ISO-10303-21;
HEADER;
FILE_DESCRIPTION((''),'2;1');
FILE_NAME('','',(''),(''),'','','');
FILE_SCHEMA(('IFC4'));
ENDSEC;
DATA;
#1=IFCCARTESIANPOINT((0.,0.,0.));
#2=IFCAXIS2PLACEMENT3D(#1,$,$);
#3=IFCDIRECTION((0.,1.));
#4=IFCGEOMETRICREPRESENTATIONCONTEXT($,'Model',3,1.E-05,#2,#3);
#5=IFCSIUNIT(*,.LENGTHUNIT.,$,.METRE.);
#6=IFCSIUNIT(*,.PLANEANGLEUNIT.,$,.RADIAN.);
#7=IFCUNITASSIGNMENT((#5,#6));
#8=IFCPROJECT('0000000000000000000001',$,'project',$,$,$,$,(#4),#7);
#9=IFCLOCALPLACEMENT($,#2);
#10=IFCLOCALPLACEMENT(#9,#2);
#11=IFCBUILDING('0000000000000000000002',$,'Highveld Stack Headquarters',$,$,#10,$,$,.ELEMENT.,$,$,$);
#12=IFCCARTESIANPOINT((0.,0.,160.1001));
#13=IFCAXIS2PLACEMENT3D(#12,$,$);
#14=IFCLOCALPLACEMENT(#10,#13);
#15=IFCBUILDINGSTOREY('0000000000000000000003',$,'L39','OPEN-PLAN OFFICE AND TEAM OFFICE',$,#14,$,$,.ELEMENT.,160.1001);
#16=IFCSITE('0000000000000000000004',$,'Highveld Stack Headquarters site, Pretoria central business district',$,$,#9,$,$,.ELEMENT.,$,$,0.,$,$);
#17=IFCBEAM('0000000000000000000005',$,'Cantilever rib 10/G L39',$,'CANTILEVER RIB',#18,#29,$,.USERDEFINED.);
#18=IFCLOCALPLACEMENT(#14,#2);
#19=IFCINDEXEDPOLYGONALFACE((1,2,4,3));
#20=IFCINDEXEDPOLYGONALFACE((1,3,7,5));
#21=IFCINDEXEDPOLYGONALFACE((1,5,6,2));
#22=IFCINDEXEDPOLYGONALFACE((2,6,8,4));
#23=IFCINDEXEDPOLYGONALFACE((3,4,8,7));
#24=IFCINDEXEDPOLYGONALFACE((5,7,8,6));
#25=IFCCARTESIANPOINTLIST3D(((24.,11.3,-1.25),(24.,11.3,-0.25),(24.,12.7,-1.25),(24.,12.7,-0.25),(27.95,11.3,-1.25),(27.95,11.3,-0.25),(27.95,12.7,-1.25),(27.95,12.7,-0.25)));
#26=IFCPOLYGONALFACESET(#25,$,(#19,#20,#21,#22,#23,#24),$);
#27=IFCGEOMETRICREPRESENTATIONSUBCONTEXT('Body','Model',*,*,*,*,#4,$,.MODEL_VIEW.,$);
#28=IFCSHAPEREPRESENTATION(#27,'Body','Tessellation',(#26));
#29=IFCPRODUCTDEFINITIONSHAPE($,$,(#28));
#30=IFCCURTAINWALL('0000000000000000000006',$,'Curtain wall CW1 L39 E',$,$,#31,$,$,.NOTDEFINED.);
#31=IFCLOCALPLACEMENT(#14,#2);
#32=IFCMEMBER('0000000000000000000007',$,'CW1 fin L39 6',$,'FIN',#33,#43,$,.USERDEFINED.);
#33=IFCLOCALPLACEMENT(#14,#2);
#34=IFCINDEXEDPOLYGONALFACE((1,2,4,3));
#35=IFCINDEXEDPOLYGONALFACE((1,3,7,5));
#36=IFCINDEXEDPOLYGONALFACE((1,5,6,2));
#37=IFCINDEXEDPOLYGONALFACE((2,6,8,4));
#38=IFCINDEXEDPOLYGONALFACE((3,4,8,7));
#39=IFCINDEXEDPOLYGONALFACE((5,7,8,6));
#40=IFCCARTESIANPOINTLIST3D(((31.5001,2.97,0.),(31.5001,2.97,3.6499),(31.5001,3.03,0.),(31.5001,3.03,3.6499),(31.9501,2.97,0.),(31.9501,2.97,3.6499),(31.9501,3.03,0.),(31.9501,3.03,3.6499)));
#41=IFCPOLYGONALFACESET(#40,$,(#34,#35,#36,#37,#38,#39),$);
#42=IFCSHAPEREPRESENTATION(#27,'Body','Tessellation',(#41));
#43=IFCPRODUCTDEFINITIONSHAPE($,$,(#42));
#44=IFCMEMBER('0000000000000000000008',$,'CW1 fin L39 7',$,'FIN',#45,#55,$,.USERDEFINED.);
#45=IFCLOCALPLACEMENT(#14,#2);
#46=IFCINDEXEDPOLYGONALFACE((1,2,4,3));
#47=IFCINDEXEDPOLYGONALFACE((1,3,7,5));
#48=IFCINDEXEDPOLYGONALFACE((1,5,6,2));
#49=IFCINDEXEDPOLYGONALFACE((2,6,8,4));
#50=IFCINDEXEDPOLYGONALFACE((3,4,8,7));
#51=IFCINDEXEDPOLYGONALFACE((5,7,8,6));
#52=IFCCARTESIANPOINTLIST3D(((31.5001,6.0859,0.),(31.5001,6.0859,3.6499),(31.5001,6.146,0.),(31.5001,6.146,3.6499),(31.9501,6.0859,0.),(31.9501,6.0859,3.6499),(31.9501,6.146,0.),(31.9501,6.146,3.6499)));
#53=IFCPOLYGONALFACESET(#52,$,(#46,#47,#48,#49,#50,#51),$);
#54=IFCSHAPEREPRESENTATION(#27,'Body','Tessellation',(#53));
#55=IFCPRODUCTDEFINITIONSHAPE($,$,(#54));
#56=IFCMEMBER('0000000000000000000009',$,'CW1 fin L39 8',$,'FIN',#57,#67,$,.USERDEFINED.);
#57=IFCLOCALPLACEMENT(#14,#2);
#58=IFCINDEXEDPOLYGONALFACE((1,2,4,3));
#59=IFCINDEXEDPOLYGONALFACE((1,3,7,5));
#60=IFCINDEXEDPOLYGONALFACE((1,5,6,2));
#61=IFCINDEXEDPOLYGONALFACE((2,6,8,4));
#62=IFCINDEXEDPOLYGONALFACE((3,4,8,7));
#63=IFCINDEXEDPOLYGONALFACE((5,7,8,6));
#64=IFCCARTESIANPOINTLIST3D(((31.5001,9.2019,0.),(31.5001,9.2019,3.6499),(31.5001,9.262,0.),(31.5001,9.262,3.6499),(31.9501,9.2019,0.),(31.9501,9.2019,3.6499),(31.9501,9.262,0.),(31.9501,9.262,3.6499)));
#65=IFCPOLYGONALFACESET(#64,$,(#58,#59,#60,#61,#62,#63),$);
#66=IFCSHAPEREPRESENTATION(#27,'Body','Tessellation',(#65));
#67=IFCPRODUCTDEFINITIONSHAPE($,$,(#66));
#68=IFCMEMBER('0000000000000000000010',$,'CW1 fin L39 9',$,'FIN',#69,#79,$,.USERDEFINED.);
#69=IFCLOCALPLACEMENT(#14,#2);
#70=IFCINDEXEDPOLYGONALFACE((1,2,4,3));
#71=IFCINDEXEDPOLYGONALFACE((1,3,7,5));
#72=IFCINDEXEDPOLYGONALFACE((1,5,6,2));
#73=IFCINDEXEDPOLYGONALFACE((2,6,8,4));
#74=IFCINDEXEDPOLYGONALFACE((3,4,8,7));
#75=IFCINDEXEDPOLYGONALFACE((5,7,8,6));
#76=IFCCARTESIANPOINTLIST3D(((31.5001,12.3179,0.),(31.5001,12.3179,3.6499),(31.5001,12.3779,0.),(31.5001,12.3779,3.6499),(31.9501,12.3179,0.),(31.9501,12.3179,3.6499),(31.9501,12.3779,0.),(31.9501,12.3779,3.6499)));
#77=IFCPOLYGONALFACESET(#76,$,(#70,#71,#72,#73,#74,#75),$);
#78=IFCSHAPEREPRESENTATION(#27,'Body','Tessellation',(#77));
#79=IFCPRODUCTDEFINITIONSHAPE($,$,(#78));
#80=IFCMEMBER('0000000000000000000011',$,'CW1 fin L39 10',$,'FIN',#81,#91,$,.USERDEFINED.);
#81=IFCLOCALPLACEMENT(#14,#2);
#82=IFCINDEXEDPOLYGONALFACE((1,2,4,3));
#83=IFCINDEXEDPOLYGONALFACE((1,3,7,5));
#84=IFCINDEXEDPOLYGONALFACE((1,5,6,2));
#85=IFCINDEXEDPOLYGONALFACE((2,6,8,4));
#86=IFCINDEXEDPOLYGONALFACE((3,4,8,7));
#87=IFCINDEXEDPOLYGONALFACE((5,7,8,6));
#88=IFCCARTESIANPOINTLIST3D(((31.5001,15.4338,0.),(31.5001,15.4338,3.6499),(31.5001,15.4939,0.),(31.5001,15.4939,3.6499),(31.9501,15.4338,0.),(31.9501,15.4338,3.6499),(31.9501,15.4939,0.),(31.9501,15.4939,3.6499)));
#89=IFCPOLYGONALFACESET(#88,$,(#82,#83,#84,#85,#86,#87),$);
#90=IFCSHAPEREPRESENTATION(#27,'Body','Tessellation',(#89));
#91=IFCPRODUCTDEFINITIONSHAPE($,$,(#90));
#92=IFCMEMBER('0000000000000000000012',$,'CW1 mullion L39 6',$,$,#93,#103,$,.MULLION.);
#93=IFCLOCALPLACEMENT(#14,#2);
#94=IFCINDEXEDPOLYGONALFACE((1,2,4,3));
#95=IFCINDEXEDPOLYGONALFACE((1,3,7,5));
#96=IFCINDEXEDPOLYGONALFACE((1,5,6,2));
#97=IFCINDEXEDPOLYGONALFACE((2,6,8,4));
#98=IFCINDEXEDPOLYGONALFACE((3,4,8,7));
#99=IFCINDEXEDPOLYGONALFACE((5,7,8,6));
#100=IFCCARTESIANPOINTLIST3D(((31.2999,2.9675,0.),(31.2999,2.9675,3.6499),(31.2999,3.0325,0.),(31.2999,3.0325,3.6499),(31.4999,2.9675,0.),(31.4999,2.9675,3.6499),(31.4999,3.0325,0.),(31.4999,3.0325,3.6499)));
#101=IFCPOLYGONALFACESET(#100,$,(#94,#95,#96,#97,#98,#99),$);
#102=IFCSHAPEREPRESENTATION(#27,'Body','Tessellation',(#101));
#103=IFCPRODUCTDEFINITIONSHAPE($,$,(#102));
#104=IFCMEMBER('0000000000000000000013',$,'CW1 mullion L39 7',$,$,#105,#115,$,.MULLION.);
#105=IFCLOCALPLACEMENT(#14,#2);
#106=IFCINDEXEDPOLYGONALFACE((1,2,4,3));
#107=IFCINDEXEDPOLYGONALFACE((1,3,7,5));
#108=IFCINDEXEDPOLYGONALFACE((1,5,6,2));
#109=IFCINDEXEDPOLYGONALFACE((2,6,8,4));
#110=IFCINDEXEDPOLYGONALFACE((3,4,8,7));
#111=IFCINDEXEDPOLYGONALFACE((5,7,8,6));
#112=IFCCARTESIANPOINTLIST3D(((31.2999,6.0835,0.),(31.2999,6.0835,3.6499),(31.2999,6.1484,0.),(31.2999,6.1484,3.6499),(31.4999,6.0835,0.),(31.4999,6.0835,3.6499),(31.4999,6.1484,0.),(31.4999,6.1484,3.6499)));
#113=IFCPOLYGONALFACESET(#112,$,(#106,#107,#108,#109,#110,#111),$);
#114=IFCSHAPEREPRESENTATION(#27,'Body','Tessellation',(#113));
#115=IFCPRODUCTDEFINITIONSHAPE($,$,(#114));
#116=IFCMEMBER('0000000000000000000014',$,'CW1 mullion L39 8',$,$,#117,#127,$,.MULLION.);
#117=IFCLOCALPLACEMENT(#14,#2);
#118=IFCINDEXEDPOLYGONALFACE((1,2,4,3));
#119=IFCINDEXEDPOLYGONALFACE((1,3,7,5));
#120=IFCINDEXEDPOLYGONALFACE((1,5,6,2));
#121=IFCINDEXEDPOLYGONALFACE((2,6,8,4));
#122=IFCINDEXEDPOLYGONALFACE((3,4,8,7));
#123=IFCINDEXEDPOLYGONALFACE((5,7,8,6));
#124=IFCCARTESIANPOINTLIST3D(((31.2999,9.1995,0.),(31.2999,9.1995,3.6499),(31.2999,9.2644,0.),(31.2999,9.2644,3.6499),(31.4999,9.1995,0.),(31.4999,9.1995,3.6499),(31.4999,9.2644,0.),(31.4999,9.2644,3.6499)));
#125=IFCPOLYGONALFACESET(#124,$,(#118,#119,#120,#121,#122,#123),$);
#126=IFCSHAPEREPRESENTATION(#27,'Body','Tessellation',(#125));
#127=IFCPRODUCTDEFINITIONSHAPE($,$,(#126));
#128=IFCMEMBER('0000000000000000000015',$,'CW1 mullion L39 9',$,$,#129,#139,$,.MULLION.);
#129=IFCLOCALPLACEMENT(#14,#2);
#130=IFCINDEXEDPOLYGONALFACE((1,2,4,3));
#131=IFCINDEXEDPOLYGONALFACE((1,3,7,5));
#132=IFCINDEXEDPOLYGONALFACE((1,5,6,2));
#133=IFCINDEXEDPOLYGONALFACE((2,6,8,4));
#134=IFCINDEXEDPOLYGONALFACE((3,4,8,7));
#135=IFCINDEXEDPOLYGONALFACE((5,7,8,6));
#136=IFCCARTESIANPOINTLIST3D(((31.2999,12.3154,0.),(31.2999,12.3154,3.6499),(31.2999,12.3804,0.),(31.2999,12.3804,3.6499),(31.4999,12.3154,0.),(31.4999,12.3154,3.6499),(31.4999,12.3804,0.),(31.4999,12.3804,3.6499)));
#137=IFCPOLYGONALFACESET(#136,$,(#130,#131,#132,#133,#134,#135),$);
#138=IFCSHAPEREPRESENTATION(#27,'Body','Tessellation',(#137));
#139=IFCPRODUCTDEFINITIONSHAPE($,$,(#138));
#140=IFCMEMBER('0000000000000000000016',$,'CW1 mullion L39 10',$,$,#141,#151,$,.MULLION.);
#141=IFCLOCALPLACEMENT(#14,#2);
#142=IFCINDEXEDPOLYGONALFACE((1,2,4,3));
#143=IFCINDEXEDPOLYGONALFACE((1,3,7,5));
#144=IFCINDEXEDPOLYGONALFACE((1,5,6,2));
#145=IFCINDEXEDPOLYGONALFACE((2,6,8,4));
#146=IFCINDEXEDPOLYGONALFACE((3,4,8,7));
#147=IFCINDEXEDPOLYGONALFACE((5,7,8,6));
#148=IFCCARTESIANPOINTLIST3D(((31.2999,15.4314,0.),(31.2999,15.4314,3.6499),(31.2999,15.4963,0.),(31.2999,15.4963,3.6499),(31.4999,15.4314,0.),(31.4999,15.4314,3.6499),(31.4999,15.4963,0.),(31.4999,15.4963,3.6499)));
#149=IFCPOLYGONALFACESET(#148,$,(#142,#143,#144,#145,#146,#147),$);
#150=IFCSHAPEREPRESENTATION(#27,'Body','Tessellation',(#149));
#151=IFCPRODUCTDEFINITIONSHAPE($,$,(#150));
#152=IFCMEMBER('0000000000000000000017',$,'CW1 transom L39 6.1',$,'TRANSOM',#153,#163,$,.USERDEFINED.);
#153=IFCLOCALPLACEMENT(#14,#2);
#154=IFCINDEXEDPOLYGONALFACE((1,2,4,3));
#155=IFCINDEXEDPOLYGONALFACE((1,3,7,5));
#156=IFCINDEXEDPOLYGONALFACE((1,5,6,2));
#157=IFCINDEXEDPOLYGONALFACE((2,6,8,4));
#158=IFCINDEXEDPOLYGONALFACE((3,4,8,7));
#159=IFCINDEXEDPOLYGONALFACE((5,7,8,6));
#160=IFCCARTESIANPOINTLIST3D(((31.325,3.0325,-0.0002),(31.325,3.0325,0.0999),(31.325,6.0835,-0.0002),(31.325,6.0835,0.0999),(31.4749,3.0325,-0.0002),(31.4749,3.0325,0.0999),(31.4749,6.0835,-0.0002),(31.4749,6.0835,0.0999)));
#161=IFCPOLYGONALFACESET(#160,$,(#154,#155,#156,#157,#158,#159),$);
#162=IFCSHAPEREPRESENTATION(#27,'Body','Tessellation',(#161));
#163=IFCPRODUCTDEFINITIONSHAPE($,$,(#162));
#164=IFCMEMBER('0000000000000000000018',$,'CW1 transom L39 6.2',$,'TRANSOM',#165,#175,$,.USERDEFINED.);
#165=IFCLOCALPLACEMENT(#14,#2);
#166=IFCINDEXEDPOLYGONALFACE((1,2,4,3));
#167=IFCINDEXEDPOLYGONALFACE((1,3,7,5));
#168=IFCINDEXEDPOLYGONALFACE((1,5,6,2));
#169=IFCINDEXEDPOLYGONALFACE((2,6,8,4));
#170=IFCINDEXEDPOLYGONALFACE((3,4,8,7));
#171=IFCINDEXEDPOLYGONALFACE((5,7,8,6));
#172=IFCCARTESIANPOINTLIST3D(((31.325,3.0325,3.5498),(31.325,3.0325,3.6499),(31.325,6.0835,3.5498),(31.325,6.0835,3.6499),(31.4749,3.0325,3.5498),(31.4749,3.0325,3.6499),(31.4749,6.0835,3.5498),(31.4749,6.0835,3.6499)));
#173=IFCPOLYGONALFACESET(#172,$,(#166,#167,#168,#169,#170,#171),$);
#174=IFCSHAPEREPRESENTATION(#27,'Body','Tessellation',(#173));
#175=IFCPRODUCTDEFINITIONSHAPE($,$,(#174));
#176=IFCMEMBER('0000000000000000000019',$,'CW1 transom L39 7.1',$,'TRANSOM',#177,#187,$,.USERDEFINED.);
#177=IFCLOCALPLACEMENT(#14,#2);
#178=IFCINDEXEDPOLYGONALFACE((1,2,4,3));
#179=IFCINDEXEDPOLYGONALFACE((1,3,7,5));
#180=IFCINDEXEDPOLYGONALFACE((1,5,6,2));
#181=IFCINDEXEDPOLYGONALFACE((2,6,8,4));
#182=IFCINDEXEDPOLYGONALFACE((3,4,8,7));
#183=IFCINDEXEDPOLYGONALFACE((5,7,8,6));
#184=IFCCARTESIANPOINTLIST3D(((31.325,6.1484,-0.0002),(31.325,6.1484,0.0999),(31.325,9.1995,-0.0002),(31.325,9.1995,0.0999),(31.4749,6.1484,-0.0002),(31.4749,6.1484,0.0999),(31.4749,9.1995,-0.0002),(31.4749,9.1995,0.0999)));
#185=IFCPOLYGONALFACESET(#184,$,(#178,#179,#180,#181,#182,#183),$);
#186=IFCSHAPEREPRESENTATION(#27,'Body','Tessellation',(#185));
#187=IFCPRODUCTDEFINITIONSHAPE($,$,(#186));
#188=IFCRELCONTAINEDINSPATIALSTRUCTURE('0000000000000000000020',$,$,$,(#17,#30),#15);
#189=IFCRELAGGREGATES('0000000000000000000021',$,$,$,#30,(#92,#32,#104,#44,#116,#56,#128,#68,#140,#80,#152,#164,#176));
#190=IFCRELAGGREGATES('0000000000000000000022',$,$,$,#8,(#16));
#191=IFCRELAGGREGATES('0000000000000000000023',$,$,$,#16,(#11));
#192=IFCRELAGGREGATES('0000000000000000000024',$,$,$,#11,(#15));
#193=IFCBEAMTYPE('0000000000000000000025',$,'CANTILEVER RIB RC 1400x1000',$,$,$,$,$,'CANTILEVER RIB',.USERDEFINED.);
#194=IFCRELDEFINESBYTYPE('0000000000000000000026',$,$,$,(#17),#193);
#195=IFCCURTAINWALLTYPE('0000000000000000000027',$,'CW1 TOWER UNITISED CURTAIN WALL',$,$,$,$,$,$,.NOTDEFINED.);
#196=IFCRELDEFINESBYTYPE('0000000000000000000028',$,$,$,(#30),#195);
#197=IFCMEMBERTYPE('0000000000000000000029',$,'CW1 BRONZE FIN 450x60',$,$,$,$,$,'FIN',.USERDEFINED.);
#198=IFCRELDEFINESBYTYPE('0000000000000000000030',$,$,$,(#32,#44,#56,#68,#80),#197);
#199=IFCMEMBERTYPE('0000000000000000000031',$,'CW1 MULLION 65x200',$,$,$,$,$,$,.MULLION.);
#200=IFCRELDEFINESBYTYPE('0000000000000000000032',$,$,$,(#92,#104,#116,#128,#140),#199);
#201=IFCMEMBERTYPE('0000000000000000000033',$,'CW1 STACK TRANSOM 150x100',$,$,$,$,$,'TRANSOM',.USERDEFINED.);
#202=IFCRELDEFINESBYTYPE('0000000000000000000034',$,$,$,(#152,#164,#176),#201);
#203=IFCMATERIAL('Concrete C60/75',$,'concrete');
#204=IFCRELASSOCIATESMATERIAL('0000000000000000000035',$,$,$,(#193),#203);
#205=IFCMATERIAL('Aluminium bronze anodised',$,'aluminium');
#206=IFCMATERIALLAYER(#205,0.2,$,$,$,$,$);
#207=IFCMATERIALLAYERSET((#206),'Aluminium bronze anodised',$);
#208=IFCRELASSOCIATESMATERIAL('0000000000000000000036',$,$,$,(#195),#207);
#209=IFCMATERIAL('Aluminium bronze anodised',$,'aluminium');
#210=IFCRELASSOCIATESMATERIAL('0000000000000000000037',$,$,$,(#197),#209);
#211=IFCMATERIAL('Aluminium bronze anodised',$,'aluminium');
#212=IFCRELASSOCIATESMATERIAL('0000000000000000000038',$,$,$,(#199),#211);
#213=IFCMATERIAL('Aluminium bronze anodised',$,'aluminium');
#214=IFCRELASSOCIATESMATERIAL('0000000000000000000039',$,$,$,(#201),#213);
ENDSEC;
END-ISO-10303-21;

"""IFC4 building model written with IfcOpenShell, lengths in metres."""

from ifc_helpers import new_model, si_unit, direction, frame, origin, origin_2d, place, context, subcontext, project, spatial, rectangle, extrude, material, layer, layer_set, material_profile, profile_set, type_object, element, aggregate, save


model = new_model("IFC4")

# Units and contexts
model_context = context("Model", 3, precision=1e-05, world=origin(), true_north=direction((0.0, 1.0)))
body_context = subcontext(model_context, "Body", "Model", "MODEL_VIEW")
ifc_project = project(units=[si_unit("LENGTHUNIT", "METRE"), si_unit("PLANEANGLEUNIT", "RADIAN")], contexts=[model_context])

# Site, building, storey
site_placement = place(None, origin())
site = spatial("IfcSite", under=ifc_project, at=site_placement, Name="Highveld Stack Headquarters site, Pretoria central business district", CompositionType="ELEMENT", RefElevation=0.0)
building_placement = place(site_placement, origin())
building = spatial("IfcBuilding", under=site, at=building_placement, Name="Highveld Stack Headquarters", CompositionType="ELEMENT")
storey_placement = place(building_placement, frame((0.0, 0.0, 160.1001)))
storey = spatial("IfcBuildingStorey", under=building, at=storey_placement, Name="L39", Description="OPEN-PLAN OFFICE AND TEAM OFFICE", CompositionType="ELEMENT", Elevation=160.1001)

# Beam
ifc_material_1 = material(Name="Concrete C60/75", Category="concrete")
ifc_material_profile_1 = material_profile(ifc_material_1, rectangle(XDim=1.3999, YDim=1.0, at=origin_2d()), Name="RC 1400x1000")
ifc_profile_set_1 = profile_set([ifc_material_profile_1], Name="Concrete C60/75")
beam_type_1 = type_object("IfcBeamType", Name="CANTILEVER RIB RC 1400x1000", ElementType="CANTILEVER RIB", PredefinedType="USERDEFINED", material=ifc_profile_set_1)
beam_placement = place(storey_placement, frame((24.0, 12.0, -0.75), z_axis=(1.0, 0.0, 0.0), x_axis=(0.0, 1.0, 0.0)))
element("IfcBeam", 1, at=beam_placement, inside=storey, type_object=beam_type_1, Name="Cantilever rib 10/G L39", ObjectType="CANTILEVER RIB", PredefinedType="USERDEFINED", context=body_context, shape_type="SweptSolid", body=[
    extrude(rectangle(XDim=1.3999, YDim=1.0, at=origin_2d()), origin(), (0.0, 0.0, 1.0), 3.95),
])

# Curtain wall, members
ifc_material_2 = material(Name="Aluminium bronze anodised", Category="aluminium")
ifc_layer_1 = layer(ifc_material_2, 0.2)
ifc_layer_set_1 = layer_set([ifc_layer_1], Name="Aluminium bronze anodised")
curtain_wall_type = type_object("IfcCurtainWallType", Name="CW1 TOWER UNITISED CURTAIN WALL", PredefinedType="NOTDEFINED", material=ifc_layer_set_1)
curtain_wall_placement = place(storey_placement, origin())
curtain_wall = element("IfcCurtainWall", 2, at=curtain_wall_placement, inside=storey, type_object=curtain_wall_type, Name="Curtain wall CW1 L39 E", PredefinedType="NOTDEFINED")
ifc_material_3 = material(Name="Aluminium bronze anodised", Category="aluminium")
ifc_material_profile_2 = material_profile(ifc_material_3, rectangle(XDim=0.45, YDim=0.0601, at=origin_2d()), Name="FIN 450x60")
ifc_profile_set_2 = profile_set([ifc_material_profile_2], Name="Aluminium bronze anodised")
member_type_1 = type_object("IfcMemberType", Name="CW1 BRONZE FIN 450x60", ElementType="FIN", PredefinedType="USERDEFINED", material=ifc_profile_set_2)
member_1_placement = place(storey_placement, frame((31.7251, 3.0, 0.0), z_axis=(0.0, 0.0, 1.0), x_axis=(-1.0, 0.0, 0.0)))
member_1 = element("IfcMember", 3, at=member_1_placement, type_object=member_type_1, Name="CW1 fin L39 6", ObjectType="FIN", PredefinedType="USERDEFINED", context=body_context, shape_type="SweptSolid", body=[
    extrude(rectangle(XDim=0.45, YDim=0.0601, at=origin_2d()), origin(), (0.0, 0.0, 1.0), 3.6499),
])
member_2_placement = place(storey_placement, frame((31.7251, 6.116, 0.0), z_axis=(0.0, 0.0, 1.0), x_axis=(-1.0, 0.0, 0.0)))
member_2 = element("IfcMember", 4, at=member_2_placement, type_object=member_type_1, Name="CW1 fin L39 7", ObjectType="FIN", PredefinedType="USERDEFINED", context=body_context, shape_type="SweptSolid", body=[
    extrude(rectangle(XDim=0.45, YDim=0.0601, at=origin_2d()), origin(), (0.0, 0.0, 1.0), 3.6499),
])
member_3_placement = place(storey_placement, frame((31.7251, 9.2319, 0.0), z_axis=(0.0, 0.0, 1.0), x_axis=(-1.0, 0.0, 0.0)))
member_3 = element("IfcMember", 5, at=member_3_placement, type_object=member_type_1, Name="CW1 fin L39 8", ObjectType="FIN", PredefinedType="USERDEFINED", context=body_context, shape_type="SweptSolid", body=[
    extrude(rectangle(XDim=0.45, YDim=0.0601, at=origin_2d()), origin(), (0.0, 0.0, 1.0), 3.6499),
])
member_4_placement = place(storey_placement, frame((31.7251, 12.3479, 0.0), z_axis=(0.0, 0.0, 1.0), x_axis=(-1.0, 0.0, 0.0)))
member_4 = element("IfcMember", 6, at=member_4_placement, type_object=member_type_1, Name="CW1 fin L39 9", ObjectType="FIN", PredefinedType="USERDEFINED", context=body_context, shape_type="SweptSolid", body=[
    extrude(rectangle(XDim=0.45, YDim=0.0601, at=origin_2d()), origin(), (0.0, 0.0, 1.0), 3.6499),
])
member_5_placement = place(storey_placement, frame((31.7251, 15.4639, 0.0), z_axis=(0.0, 0.0, 1.0), x_axis=(-1.0, 0.0, 0.0)))
member_5 = element("IfcMember", 7, at=member_5_placement, type_object=member_type_1, Name="CW1 fin L39 10", ObjectType="FIN", PredefinedType="USERDEFINED", context=body_context, shape_type="SweptSolid", body=[
    extrude(rectangle(XDim=0.45, YDim=0.0601, at=origin_2d()), origin(), (0.0, 0.0, 1.0), 3.6499),
])
ifc_material_4 = material(Name="Aluminium bronze anodised", Category="aluminium")
ifc_material_profile_3 = material_profile(ifc_material_4, rectangle(XDim=0.2, YDim=0.0649, at=origin_2d()), Name="CW1 MULLION 65x200")
ifc_profile_set_3 = profile_set([ifc_material_profile_3], Name="Aluminium bronze anodised")
member_type_2 = type_object("IfcMemberType", Name="CW1 MULLION 65x200", PredefinedType="MULLION", material=ifc_profile_set_3)
member_6_placement = place(storey_placement, frame((31.3999, 3.0, 0.0), z_axis=(0.0, 0.0, 1.0), x_axis=(-1.0, 0.0, 0.0)))
member_6 = element("IfcMember", 8, at=member_6_placement, type_object=member_type_2, Name="CW1 mullion L39 6", PredefinedType="MULLION", context=body_context, shape_type="SweptSolid", body=[
    extrude(rectangle(XDim=0.2, YDim=0.0649, at=origin_2d()), origin(), (0.0, 0.0, 1.0), 3.6499),
])
member_7_placement = place(storey_placement, frame((31.3999, 6.116, 0.0), z_axis=(0.0, 0.0, 1.0), x_axis=(-1.0, 0.0, 0.0)))
member_7 = element("IfcMember", 9, at=member_7_placement, type_object=member_type_2, Name="CW1 mullion L39 7", PredefinedType="MULLION", context=body_context, shape_type="SweptSolid", body=[
    extrude(rectangle(XDim=0.2, YDim=0.0649, at=origin_2d()), origin(), (0.0, 0.0, 1.0), 3.6499),
])
member_8_placement = place(storey_placement, frame((31.3999, 9.2319, 0.0), z_axis=(0.0, 0.0, 1.0), x_axis=(-1.0, 0.0, 0.0)))
member_8 = element("IfcMember", 10, at=member_8_placement, type_object=member_type_2, Name="CW1 mullion L39 8", PredefinedType="MULLION", context=body_context, shape_type="SweptSolid", body=[
    extrude(rectangle(XDim=0.2, YDim=0.0649, at=origin_2d()), origin(), (0.0, 0.0, 1.0), 3.6499),
])
member_9_placement = place(storey_placement, frame((31.3999, 12.3479, 0.0), z_axis=(0.0, 0.0, 1.0), x_axis=(-1.0, 0.0, 0.0)))
member_9 = element("IfcMember", 11, at=member_9_placement, type_object=member_type_2, Name="CW1 mullion L39 9", PredefinedType="MULLION", context=body_context, shape_type="SweptSolid", body=[
    extrude(rectangle(XDim=0.2, YDim=0.0649, at=origin_2d()), origin(), (0.0, 0.0, 1.0), 3.6499),
])
member_10_placement = place(storey_placement, frame((31.3999, 15.4639, 0.0), z_axis=(0.0, 0.0, 1.0), x_axis=(-1.0, 0.0, 0.0)))
member_10 = element("IfcMember", 12, at=member_10_placement, type_object=member_type_2, Name="CW1 mullion L39 10", PredefinedType="MULLION", context=body_context, shape_type="SweptSolid", body=[
    extrude(rectangle(XDim=0.2, YDim=0.0649, at=origin_2d()), origin(), (0.0, 0.0, 1.0), 3.6499),
])
ifc_material_5 = material(Name="Aluminium bronze anodised", Category="aluminium")
ifc_material_profile_4 = material_profile(ifc_material_5, rectangle(XDim=0.1499, YDim=0.1001, at=origin_2d()), Name="CW1 TRANSOM 150x100")
ifc_profile_set_4 = profile_set([ifc_material_profile_4], Name="Aluminium bronze anodised")
member_type_3 = type_object("IfcMemberType", Name="CW1 STACK TRANSOM 150x100", ElementType="TRANSOM", PredefinedType="USERDEFINED", material=ifc_profile_set_4)
member_11_placement = place(storey_placement, frame((31.3999, 3.0325, 0.0498), z_axis=(0.0, 1.0, 0.0), x_axis=(-1.0, 0.0, 0.0)))
member_11 = element("IfcMember", 13, at=member_11_placement, type_object=member_type_3, Name="CW1 transom L39 6.1", ObjectType="TRANSOM", PredefinedType="USERDEFINED", context=body_context, shape_type="SweptSolid", body=[
    extrude(rectangle(XDim=0.1499, YDim=0.1001, at=origin_2d()), origin(), (0.0, 0.0, 1.0), 3.051),
])
member_12_placement = place(storey_placement, frame((31.3999, 3.0325, 3.5999), z_axis=(0.0, 1.0, 0.0), x_axis=(-1.0, 0.0, 0.0)))
member_12 = element("IfcMember", 14, at=member_12_placement, type_object=member_type_3, Name="CW1 transom L39 6.2", ObjectType="TRANSOM", PredefinedType="USERDEFINED", context=body_context, shape_type="SweptSolid", body=[
    extrude(rectangle(XDim=0.1499, YDim=0.1001, at=origin_2d()), origin(), (0.0, 0.0, 1.0), 3.051),
])
member_13_placement = place(storey_placement, frame((31.3999, 6.1484, 0.0498), z_axis=(0.0, 1.0, 0.0), x_axis=(-1.0, 0.0, 0.0)))
member_13 = element("IfcMember", 15, at=member_13_placement, type_object=member_type_3, Name="CW1 transom L39 7.1", ObjectType="TRANSOM", PredefinedType="USERDEFINED", context=body_context, shape_type="SweptSolid", body=[
    extrude(rectangle(XDim=0.1499, YDim=0.1001, at=origin_2d()), origin(), (0.0, 0.0, 1.0), 3.051),
])

aggregate(curtain_wall, [member_6, member_1, member_7, member_2, member_8, member_3, member_9, member_4, member_10, member_5, member_11, member_12, member_13])

save(model, "model.ifc")
